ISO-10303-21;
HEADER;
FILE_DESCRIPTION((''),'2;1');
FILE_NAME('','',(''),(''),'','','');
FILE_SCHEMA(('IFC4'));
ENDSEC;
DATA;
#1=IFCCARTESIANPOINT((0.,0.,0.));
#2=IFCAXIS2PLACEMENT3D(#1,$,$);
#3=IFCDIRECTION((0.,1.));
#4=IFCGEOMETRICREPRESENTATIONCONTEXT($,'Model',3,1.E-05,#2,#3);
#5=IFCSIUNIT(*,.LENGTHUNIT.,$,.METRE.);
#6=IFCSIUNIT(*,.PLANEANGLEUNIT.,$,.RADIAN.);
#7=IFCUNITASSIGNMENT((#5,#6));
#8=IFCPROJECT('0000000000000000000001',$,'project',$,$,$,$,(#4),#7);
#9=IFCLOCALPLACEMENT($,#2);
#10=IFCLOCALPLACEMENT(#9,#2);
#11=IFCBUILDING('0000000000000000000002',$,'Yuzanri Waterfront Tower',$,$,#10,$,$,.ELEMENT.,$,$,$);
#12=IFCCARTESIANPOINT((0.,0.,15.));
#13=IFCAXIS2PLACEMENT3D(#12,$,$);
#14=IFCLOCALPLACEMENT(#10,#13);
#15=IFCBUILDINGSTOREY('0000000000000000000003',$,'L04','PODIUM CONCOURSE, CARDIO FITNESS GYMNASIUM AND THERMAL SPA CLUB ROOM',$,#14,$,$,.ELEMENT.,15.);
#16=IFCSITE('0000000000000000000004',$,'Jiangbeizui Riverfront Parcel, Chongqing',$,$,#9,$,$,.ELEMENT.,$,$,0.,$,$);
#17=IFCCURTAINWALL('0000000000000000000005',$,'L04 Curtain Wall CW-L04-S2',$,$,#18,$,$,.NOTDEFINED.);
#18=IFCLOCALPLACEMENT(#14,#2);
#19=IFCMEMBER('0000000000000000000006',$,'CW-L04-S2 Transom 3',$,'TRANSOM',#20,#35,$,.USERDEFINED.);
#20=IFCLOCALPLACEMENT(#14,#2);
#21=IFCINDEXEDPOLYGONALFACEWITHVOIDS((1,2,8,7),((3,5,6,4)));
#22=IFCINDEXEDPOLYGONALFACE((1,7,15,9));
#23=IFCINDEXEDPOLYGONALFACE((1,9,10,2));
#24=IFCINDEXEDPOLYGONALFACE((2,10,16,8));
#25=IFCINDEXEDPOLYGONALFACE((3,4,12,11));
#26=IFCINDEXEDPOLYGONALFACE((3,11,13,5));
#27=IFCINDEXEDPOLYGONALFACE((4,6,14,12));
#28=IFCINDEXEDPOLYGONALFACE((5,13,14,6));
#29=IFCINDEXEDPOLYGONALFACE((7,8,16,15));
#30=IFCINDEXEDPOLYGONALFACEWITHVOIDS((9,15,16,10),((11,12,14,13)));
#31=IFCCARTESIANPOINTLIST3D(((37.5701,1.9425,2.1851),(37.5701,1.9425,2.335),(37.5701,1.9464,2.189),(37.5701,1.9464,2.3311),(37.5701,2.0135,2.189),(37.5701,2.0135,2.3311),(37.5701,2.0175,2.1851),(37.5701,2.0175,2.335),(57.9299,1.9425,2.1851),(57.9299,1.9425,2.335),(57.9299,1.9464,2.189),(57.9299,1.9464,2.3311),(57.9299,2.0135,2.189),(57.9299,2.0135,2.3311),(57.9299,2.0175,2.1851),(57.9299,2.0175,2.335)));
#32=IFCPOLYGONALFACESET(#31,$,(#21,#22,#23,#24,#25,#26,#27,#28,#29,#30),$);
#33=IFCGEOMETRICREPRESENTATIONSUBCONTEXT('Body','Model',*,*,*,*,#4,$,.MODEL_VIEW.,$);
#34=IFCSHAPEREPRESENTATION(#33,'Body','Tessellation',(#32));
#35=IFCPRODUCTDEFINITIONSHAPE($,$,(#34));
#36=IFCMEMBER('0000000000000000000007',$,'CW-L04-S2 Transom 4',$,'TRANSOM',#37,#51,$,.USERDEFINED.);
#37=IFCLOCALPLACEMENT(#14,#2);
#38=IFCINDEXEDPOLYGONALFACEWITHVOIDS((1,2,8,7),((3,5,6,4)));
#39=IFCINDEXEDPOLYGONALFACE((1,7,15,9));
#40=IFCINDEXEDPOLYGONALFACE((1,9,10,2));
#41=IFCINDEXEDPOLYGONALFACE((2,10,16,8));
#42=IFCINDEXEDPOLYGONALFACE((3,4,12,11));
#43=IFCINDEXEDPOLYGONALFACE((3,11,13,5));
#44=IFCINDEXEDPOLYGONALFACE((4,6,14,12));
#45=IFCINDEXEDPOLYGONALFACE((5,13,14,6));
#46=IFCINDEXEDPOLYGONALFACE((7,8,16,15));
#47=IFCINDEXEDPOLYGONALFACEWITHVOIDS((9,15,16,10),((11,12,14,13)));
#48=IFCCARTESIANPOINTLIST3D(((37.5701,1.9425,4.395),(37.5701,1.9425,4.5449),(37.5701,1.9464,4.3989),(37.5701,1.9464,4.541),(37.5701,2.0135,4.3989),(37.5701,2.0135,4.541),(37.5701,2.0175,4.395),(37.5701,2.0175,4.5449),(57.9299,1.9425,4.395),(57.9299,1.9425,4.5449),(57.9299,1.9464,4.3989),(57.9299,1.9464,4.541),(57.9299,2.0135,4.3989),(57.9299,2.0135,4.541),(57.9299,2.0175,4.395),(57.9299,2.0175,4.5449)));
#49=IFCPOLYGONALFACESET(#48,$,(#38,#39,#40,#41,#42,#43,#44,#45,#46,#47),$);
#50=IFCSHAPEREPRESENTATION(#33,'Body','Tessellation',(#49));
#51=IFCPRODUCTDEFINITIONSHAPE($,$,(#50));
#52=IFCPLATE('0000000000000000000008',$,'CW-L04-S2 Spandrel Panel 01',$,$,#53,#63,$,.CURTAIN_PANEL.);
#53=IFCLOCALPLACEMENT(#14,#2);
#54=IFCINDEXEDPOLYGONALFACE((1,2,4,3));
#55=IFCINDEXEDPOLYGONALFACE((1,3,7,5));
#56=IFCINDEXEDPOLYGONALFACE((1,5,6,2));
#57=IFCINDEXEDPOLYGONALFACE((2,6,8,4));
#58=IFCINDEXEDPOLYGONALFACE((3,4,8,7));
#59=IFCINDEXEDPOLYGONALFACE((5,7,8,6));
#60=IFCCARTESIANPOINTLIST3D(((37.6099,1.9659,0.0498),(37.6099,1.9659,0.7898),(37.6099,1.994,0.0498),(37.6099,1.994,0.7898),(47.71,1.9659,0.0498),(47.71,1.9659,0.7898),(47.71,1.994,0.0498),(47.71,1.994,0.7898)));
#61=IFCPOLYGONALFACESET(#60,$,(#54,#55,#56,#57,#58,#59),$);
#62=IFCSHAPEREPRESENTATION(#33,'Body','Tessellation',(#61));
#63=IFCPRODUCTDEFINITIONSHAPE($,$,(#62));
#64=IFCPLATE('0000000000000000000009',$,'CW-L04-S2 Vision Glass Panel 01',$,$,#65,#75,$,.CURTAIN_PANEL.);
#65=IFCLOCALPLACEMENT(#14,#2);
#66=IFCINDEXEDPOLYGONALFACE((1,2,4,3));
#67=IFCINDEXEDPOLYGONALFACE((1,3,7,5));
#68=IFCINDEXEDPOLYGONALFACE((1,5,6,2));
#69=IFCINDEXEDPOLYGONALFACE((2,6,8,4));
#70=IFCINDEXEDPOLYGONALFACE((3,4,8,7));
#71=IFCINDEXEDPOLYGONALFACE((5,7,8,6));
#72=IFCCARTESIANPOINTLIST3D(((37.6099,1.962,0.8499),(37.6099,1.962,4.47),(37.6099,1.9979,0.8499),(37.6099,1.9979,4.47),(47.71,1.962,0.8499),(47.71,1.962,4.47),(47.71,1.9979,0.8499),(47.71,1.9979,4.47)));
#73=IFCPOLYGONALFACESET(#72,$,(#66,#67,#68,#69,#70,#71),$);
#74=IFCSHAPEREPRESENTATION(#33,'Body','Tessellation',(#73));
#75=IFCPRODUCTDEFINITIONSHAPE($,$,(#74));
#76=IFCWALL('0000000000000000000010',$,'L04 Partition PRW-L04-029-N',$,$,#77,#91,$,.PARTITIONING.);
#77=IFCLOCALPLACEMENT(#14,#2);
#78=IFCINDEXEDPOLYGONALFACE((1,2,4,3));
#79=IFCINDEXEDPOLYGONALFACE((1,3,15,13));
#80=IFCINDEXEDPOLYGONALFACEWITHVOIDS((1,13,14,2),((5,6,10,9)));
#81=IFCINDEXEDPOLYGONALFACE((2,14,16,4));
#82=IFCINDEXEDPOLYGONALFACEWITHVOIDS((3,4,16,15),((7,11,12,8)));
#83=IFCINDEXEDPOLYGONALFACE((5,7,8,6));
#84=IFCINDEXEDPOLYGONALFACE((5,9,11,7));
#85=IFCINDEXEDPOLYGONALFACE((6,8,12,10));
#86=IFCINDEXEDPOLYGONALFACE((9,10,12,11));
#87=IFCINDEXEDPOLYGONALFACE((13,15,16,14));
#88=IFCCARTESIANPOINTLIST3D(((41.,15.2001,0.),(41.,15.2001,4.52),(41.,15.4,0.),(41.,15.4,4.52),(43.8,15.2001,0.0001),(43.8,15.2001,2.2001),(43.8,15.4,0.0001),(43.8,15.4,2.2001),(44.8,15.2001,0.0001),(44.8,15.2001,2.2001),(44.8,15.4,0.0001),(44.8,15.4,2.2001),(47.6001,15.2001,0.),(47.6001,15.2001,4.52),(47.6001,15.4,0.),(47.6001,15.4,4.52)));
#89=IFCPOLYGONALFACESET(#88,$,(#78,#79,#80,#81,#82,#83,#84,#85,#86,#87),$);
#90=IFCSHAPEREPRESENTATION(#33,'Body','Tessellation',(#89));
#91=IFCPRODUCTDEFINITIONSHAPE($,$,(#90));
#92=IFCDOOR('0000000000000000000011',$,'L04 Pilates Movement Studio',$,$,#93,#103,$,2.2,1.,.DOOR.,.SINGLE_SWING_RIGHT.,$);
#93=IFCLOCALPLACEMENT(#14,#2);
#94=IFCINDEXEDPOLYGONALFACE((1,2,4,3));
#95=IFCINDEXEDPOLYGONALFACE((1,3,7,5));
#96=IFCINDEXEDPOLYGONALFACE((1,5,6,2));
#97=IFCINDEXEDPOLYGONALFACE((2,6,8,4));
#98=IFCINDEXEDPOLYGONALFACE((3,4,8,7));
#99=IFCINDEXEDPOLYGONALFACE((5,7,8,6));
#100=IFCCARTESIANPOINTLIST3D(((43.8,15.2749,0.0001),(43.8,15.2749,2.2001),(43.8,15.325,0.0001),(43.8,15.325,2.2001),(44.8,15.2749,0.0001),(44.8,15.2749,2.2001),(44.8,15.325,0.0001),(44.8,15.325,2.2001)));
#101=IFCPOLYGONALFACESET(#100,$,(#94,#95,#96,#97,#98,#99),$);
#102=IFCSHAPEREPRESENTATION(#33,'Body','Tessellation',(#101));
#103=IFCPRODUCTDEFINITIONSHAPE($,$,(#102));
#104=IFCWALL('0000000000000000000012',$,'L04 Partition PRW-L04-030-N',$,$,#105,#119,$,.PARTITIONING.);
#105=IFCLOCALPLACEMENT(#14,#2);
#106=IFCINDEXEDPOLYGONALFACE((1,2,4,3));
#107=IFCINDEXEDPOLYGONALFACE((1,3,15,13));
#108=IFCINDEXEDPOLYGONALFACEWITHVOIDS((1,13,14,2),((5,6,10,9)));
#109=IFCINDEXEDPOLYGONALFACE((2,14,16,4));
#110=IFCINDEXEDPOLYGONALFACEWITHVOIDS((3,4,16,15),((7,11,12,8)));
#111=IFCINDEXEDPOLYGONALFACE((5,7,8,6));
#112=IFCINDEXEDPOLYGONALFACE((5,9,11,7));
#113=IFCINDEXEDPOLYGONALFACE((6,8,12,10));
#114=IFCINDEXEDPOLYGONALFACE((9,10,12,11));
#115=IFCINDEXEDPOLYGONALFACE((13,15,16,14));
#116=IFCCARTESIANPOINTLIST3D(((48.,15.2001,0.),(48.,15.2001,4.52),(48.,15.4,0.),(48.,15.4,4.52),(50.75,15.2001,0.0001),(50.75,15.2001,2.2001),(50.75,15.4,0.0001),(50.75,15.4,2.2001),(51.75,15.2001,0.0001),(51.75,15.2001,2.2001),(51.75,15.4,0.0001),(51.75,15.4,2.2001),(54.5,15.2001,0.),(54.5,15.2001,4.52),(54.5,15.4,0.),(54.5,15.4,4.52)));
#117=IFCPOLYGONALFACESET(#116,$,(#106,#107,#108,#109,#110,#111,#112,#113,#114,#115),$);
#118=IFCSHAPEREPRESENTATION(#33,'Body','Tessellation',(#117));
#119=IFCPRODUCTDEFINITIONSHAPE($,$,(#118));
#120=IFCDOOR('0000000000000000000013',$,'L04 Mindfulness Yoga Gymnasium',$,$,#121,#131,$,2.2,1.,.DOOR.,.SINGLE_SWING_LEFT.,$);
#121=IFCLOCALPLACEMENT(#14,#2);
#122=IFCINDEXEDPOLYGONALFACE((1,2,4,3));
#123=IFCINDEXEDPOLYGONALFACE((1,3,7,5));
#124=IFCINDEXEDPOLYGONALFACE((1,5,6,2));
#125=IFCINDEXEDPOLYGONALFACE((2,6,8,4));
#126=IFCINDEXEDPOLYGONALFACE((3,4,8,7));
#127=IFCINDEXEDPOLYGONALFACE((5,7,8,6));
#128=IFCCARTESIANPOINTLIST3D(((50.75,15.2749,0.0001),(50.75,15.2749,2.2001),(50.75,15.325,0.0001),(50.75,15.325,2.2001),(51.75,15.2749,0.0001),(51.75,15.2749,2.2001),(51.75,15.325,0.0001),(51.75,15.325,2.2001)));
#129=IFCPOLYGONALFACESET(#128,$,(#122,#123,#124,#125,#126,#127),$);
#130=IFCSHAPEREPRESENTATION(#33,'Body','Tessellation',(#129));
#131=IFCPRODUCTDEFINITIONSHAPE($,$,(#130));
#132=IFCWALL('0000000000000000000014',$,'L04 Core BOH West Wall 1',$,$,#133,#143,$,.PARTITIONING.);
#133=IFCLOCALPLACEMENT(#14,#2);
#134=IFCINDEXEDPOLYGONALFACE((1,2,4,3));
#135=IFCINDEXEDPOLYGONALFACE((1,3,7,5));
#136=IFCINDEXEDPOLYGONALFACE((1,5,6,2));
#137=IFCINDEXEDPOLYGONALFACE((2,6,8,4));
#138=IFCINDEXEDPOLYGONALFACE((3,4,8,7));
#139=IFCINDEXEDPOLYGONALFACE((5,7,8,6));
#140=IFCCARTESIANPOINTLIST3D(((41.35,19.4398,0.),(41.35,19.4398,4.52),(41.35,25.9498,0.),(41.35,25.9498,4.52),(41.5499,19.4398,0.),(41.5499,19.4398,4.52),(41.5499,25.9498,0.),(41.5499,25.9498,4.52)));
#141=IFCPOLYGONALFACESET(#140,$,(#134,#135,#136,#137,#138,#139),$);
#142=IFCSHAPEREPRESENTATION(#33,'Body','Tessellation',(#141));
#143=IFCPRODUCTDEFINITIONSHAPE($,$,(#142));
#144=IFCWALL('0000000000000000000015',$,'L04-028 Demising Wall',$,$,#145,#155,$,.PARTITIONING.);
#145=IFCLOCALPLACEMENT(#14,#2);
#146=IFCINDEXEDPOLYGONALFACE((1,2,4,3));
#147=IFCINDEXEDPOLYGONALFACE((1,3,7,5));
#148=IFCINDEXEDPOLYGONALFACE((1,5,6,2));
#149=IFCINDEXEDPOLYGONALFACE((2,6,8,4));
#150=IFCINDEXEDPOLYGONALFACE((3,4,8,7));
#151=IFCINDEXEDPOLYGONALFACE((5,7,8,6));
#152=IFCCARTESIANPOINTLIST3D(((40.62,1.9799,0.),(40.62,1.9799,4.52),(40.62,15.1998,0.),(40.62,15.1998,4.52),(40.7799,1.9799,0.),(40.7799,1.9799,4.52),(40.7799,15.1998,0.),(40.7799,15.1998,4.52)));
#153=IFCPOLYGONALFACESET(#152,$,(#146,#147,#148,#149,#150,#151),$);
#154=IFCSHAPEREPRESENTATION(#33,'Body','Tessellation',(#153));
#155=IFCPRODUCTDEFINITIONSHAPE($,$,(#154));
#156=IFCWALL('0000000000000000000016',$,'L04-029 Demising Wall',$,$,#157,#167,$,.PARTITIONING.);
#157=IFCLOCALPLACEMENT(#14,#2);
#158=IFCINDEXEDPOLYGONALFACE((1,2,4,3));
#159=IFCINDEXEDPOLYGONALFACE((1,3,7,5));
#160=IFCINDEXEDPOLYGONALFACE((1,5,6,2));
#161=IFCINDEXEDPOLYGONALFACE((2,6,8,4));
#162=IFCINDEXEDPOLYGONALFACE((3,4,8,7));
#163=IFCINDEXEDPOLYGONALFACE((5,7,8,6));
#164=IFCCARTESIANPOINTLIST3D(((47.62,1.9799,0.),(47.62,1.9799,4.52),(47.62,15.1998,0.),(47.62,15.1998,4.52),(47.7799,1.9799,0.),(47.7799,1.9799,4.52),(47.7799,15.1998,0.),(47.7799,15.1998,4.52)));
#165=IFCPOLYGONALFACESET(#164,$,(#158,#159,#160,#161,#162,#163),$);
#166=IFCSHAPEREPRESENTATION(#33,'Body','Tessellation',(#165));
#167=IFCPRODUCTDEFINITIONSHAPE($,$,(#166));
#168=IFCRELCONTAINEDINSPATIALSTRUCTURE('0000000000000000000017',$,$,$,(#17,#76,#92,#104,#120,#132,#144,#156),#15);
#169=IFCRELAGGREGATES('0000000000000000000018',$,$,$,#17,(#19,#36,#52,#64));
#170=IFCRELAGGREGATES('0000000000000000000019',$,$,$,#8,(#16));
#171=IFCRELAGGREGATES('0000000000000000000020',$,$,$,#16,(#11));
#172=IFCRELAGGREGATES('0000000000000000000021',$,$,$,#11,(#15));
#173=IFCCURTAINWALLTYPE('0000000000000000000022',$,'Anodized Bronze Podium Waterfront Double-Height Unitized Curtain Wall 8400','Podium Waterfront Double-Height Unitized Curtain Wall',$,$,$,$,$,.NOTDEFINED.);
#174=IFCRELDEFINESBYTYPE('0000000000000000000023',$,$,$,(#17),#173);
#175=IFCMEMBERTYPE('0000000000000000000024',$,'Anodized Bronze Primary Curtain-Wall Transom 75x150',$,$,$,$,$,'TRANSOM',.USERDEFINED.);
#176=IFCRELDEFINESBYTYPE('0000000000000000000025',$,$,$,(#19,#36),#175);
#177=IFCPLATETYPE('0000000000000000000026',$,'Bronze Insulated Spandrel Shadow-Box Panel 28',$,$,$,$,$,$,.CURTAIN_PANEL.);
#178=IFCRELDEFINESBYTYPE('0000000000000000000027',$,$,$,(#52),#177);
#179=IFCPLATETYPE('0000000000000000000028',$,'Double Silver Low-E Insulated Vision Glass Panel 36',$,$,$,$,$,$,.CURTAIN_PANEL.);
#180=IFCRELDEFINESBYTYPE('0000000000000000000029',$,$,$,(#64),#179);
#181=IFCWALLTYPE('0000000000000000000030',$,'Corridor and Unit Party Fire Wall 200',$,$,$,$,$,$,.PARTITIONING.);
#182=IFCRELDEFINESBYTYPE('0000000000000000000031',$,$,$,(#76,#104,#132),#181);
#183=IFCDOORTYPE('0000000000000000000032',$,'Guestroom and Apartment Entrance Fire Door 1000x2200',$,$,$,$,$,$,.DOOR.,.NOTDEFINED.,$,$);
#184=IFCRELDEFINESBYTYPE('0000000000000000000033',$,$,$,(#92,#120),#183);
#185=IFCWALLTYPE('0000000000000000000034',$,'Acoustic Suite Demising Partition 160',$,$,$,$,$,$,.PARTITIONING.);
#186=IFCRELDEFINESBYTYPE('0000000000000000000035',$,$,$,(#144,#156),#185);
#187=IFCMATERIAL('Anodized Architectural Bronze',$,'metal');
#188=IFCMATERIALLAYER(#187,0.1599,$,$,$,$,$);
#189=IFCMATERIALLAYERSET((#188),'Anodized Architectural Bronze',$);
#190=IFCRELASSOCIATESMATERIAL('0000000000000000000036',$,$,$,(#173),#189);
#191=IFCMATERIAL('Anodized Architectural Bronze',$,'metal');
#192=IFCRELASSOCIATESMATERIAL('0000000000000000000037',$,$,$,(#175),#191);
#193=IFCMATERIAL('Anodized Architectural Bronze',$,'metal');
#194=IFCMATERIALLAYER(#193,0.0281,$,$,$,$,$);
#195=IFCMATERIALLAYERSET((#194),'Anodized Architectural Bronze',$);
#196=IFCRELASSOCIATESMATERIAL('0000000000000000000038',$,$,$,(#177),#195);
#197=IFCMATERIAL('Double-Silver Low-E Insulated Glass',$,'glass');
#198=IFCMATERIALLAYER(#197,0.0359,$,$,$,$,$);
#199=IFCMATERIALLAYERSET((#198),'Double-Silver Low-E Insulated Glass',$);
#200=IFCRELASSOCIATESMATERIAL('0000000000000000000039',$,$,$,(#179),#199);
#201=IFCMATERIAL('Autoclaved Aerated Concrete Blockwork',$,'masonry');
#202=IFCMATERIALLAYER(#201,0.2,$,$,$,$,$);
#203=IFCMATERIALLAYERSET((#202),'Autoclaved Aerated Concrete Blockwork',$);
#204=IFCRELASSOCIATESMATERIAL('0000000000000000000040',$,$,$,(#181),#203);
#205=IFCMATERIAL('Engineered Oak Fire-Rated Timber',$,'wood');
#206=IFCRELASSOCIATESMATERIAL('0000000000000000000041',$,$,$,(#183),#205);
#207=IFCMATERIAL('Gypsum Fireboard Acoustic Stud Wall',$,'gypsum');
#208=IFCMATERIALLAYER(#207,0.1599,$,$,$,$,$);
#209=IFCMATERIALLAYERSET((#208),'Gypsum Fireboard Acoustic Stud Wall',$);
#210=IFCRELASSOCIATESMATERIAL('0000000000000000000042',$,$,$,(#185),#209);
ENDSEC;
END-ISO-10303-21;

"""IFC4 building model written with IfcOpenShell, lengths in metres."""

from ifc_helpers import new_model, si_unit, direction, frame, frame_2d, origin, origin_2d, place, context, subcontext, project, spatial, rectangle, hollow_rectangle, extrude, source, transform, mapped, material, layer, layer_set, material_profile, profile_set, type_object, element, fill, aggregate, save


model = new_model("IFC4")

# Units and contexts
model_context = context("Model", 3, precision=1e-05, world=origin(), true_north=direction((0.0, 1.0)))
body_context = subcontext(model_context, "Body", "Model", "MODEL_VIEW")
ifc_project = project(units=[si_unit("LENGTHUNIT", "METRE"), si_unit("PLANEANGLEUNIT", "RADIAN")], contexts=[model_context])

# Site, building, storey
site_placement = place(None, origin())
site = spatial("IfcSite", under=ifc_project, at=site_placement, Name="Jiangbeizui Riverfront Parcel, Chongqing", CompositionType="ELEMENT", RefElevation=0.0)
building_placement = place(site_placement, origin())
building = spatial("IfcBuilding", under=site, at=building_placement, Name="Yuzanri Waterfront Tower", CompositionType="ELEMENT")
storey_placement = place(building_placement, frame((0.0, 0.0, 15.0)))
storey = spatial("IfcBuildingStorey", under=building, at=storey_placement, Name="L04", Description="PODIUM CONCOURSE, CARDIO FITNESS GYMNASIUM AND THERMAL SPA CLUB ROOM", CompositionType="ELEMENT", Elevation=15.0)

# Curtain wall, members, plates
ifc_material_1 = material(Name="Anodized Architectural Bronze", Category="metal")
ifc_layer_1 = layer(ifc_material_1, 0.1599)
ifc_layer_set_1 = layer_set([ifc_layer_1], Name="Anodized Architectural Bronze")
curtain_wall_type = type_object("IfcCurtainWallType", Name="Anodized Bronze Podium Waterfront Double-Height Unitized Curtain Wall 8400", Description="Podium Waterfront Double-Height Unitized Curtain Wall", PredefinedType="NOTDEFINED", material=ifc_layer_set_1)
curtain_wall_placement = place(storey_placement, origin())
curtain_wall = element("IfcCurtainWall", 1, at=curtain_wall_placement, inside=storey, type_object=curtain_wall_type, Name="L04 Curtain Wall CW-L04-S2", PredefinedType="NOTDEFINED")
ifc_material_2 = material(Name="Anodized Architectural Bronze", Category="metal")
ifc_material_profile_1 = material_profile(ifc_material_2, hollow_rectangle(XDim=0.075, YDim=0.1499, WallThickness=0.0039, at=origin_2d()), Name="CWT 75x150")
ifc_profile_set_1 = profile_set([ifc_material_profile_1], Name="Anodized Architectural Bronze")
member_type_1 = type_object("IfcMemberType", Name="Anodized Bronze Primary Curtain-Wall Transom 75x150", ElementType="TRANSOM", PredefinedType="USERDEFINED", material=ifc_profile_set_1)
shared_shape_1 = source(origin(), body_context, "Body", "SweptSolid", [
    extrude(hollow_rectangle(XDim=0.075, YDim=0.1499, WallThickness=0.0039, at=origin_2d()), origin(), (0.0, 0.0, 1.0), 20.3599),
])
member_1_placement = place(storey_placement, frame((37.5701, 1.98, 2.26), z_axis=(1.0, 0.0, 0.0), x_axis=(0.0, 1.0, 0.0)))
member_1 = element("IfcMember", 2, at=member_1_placement, type_object=member_type_1, Name="CW-L04-S2 Transom 3", ObjectType="TRANSOM", PredefinedType="USERDEFINED", context=body_context, shape_type="MappedRepresentation", body=[
    mapped(shared_shape_1, transform((0.0, 0.0, 0.0), scale=1.0)),
])
member_2_placement = place(storey_placement, frame((37.5701, 1.98, 4.47), z_axis=(1.0, 0.0, 0.0), x_axis=(0.0, 1.0, 0.0)))
member_2 = element("IfcMember", 3, at=member_2_placement, type_object=member_type_1, Name="CW-L04-S2 Transom 4", ObjectType="TRANSOM", PredefinedType="USERDEFINED", context=body_context, shape_type="MappedRepresentation", body=[
    mapped(shared_shape_1, transform((0.0, 0.0, 0.0), scale=1.0)),
])
ifc_material_3 = material(Name="Anodized Architectural Bronze", Category="metal")
ifc_layer_2 = layer(ifc_material_3, 0.0281)
ifc_layer_set_2 = layer_set([ifc_layer_2], Name="Anodized Architectural Bronze")
plate_type_1 = type_object("IfcPlateType", Name="Bronze Insulated Spandrel Shadow-Box Panel 28", PredefinedType="CURTAIN_PANEL", material=ifc_layer_set_2)
shared_shape_2 = source(origin(), body_context, "Body", "SweptSolid", [
    extrude(rectangle(XDim=10.1001, YDim=0.0281, at=origin_2d()), origin(), (0.0, 0.0, 1.0), 0.74),
])
plate_1_placement = place(storey_placement, frame((42.6599, 1.98, 0.0498), z_axis=(0.0, 0.0, 1.0), x_axis=(1.0, 0.0, 0.0)))
plate_1 = element("IfcPlate", 4, at=plate_1_placement, type_object=plate_type_1, Name="CW-L04-S2 Spandrel Panel 01", PredefinedType="CURTAIN_PANEL", context=body_context, shape_type="MappedRepresentation", body=[
    mapped(shared_shape_2, transform((0.0, 0.0, 0.0), scale=1.0)),
])
ifc_material_4 = material(Name="Double-Silver Low-E Insulated Glass", Category="glass")
ifc_layer_3 = layer(ifc_material_4, 0.0359)
ifc_layer_set_3 = layer_set([ifc_layer_3], Name="Double-Silver Low-E Insulated Glass")
plate_type_2 = type_object("IfcPlateType", Name="Double Silver Low-E Insulated Vision Glass Panel 36", PredefinedType="CURTAIN_PANEL", material=ifc_layer_set_3)
shared_shape_3 = source(origin(), body_context, "Body", "SweptSolid", [
    extrude(rectangle(XDim=10.1001, YDim=0.0359, at=origin_2d()), origin(), (0.0, 0.0, 1.0), 3.6201),
])
plate_2_placement = place(storey_placement, frame((42.6599, 1.98, 0.8499), z_axis=(0.0, 0.0, 1.0), x_axis=(1.0, 0.0, 0.0)))
plate_2 = element("IfcPlate", 5, at=plate_2_placement, type_object=plate_type_2, Name="CW-L04-S2 Vision Glass Panel 01", PredefinedType="CURTAIN_PANEL", context=body_context, shape_type="MappedRepresentation", body=[
    mapped(shared_shape_3, transform((0.0, 0.0, 0.0), scale=1.0)),
])
aggregate(curtain_wall, [member_1, member_2, plate_1, plate_2])

# Walls, openings, doors
ifc_material_5 = material(Name="Autoclaved Aerated Concrete Blockwork", Category="masonry")
ifc_layer_4 = layer(ifc_material_5, 0.2)
ifc_layer_set_4 = layer_set([ifc_layer_4], Name="Autoclaved Aerated Concrete Blockwork")
wall_type_1 = type_object("IfcWallType", Name="Corridor and Unit Party Fire Wall 200", PredefinedType="PARTITIONING", material=ifc_layer_set_4)
wall_1_placement = place(storey_placement, frame((41.0, 15.3, 0.0), z_axis=(0.0, 0.0, 1.0), x_axis=(1.0, 0.0, 0.0)))
wall_1 = element("IfcWall", 6, at=wall_1_placement, inside=storey, type_object=wall_type_1, Name="L04 Partition PRW-L04-029-N", PredefinedType="PARTITIONING", context=body_context, shape_type="SweptSolid", body=[
    extrude(rectangle(XDim=6.6001, YDim=0.2, at=frame_2d((3.3, 0.0))), origin(), (0.0, 0.0, 1.0), 4.52),
])
opening_1_placement = place(wall_1_placement, frame((2.8, 0.0, 0.0)))
opening_1 = element("IfcOpeningElement", 7, at=opening_1_placement, cuts=wall_1, PredefinedType="OPENING", context=body_context, shape_type="SweptSolid", body=[
    extrude(rectangle(XDim=1.0, YDim=2.2, at=frame_2d((0.5, 1.1001))), frame((0.0, 0.1147, 0.0), z_axis=(0.0, -1.0, 0.0), x_axis=(1.0, 0.0, 0.0)), (0.0, 0.0, 1.0), 0.2297),
])
ifc_material_6 = material(Name="Engineered Oak Fire-Rated Timber", Category="wood")
door_type = type_object("IfcDoorType", Name="Guestroom and Apartment Entrance Fire Door 1000x2200", OperationType="NOTDEFINED", PredefinedType="DOOR", material=ifc_material_6)
shared_shape_4 = source(origin(), body_context, "Body", "SweptSolid", [
    extrude(rectangle(XDim=1.0, YDim=2.2, at=frame_2d((0.5, 1.1001))), frame((0.0, 0.0249, 0.0), z_axis=(0.0, -1.0, 0.0), x_axis=(1.0, 0.0, 0.0)), (0.0, 0.0, 1.0), 0.05),
])
door_1_placement = place(opening_1_placement, origin())
door_1 = element("IfcDoor", 8, at=door_1_placement, inside=storey, type_object=door_type, Name="L04 Pilates Movement Studio", OperationType="SINGLE_SWING_RIGHT", OverallHeight=2.2, OverallWidth=1.0, PredefinedType="DOOR", context=body_context, shape_type="MappedRepresentation", body=[
    mapped(shared_shape_4, transform((0.0, 0.0, 0.0), scale=1.0)),
])
fill(opening_1, door_1)
wall_2_placement = place(storey_placement, frame((48.0, 15.3, 0.0), z_axis=(0.0, 0.0, 1.0), x_axis=(1.0, 0.0, 0.0)))
wall_2 = element("IfcWall", 9, at=wall_2_placement, inside=storey, type_object=wall_type_1, Name="L04 Partition PRW-L04-030-N", PredefinedType="PARTITIONING", context=body_context, shape_type="SweptSolid", body=[
    extrude(rectangle(XDim=6.5, YDim=0.2, at=frame_2d((3.25, 0.0))), origin(), (0.0, 0.0, 1.0), 4.52),
])
opening_2_placement = place(wall_2_placement, frame((2.75, 0.0, 0.0)))
opening_2 = element("IfcOpeningElement", 10, at=opening_2_placement, cuts=wall_2, PredefinedType="OPENING", context=body_context, shape_type="SweptSolid", body=[
    extrude(rectangle(XDim=1.0, YDim=2.2, at=frame_2d((0.5, 1.1001))), frame((0.0, 0.1147, 0.0), z_axis=(0.0, -1.0, 0.0), x_axis=(1.0, 0.0, 0.0)), (0.0, 0.0, 1.0), 0.2297),
])
door_2_placement = place(opening_2_placement, origin())
door_2 = element("IfcDoor", 11, at=door_2_placement, inside=storey, type_object=door_type, Name="L04 Mindfulness Yoga Gymnasium", OperationType="SINGLE_SWING_LEFT", OverallHeight=2.2, OverallWidth=1.0, PredefinedType="DOOR", context=body_context, shape_type="MappedRepresentation", body=[
    mapped(shared_shape_4, transform((0.0, 0.0, 0.0), scale=1.0)),
])
fill(opening_2, door_2)

# Walls
shared_shape_5 = source(origin(), body_context, "Body", "SweptSolid", [
    extrude(rectangle(XDim=6.51, YDim=0.2, at=frame_2d((3.2549, 0.0))), origin(), (0.0, 0.0, 1.0), 4.52),
])
wall_3_placement = place(storey_placement, frame((41.45, 19.4399, 0.0), z_axis=(0.0, 0.0, 1.0), x_axis=(0.0, 1.0, 0.0)))
element("IfcWall", 12, at=wall_3_placement, inside=storey, type_object=wall_type_1, Name="L04 Core BOH West Wall 1", PredefinedType="PARTITIONING", context=body_context, shape_type="MappedRepresentation", body=[
    mapped(shared_shape_5, transform((0.0, 0.0, 0.0), scale=1.0)),
])
ifc_material_7 = material(Name="Gypsum Fireboard Acoustic Stud Wall", Category="gypsum")
ifc_layer_5 = layer(ifc_material_7, 0.1599)
ifc_layer_set_5 = layer_set([ifc_layer_5], Name="Gypsum Fireboard Acoustic Stud Wall")
wall_type_2 = type_object("IfcWallType", Name="Acoustic Suite Demising Partition 160", PredefinedType="PARTITIONING", material=ifc_layer_set_5)
shared_shape_6 = source(origin(), body_context, "Body", "SweptSolid", [
    extrude(rectangle(XDim=13.22, YDim=0.1599, at=frame_2d((6.6099, 0.0))), origin(), (0.0, 0.0, 1.0), 4.52),
])
for number, where, z_axis, x_axis, name in (
    (13, (40.7, 1.98, 0.0), (0.0, 0.0, 1.0), (0.0, 1.0, 0.0), "L04-028 Demising Wall"),
    (14, (47.7, 1.98, 0.0), (0.0, 0.0, 1.0), (0.0, 1.0, 0.0), "L04-029 Demising Wall"),
):
    element("IfcWall", number, at=place(storey_placement, frame(where, z_axis=z_axis, x_axis=x_axis)), inside=storey, type_object=wall_type_2, Name=name, PredefinedType="PARTITIONING", context=body_context, shape_type="MappedRepresentation", body=[
        mapped(shared_shape_6, transform((0.0, 0.0, 0.0), scale=1.0)),
    ])

save(model, "model.ifc")
